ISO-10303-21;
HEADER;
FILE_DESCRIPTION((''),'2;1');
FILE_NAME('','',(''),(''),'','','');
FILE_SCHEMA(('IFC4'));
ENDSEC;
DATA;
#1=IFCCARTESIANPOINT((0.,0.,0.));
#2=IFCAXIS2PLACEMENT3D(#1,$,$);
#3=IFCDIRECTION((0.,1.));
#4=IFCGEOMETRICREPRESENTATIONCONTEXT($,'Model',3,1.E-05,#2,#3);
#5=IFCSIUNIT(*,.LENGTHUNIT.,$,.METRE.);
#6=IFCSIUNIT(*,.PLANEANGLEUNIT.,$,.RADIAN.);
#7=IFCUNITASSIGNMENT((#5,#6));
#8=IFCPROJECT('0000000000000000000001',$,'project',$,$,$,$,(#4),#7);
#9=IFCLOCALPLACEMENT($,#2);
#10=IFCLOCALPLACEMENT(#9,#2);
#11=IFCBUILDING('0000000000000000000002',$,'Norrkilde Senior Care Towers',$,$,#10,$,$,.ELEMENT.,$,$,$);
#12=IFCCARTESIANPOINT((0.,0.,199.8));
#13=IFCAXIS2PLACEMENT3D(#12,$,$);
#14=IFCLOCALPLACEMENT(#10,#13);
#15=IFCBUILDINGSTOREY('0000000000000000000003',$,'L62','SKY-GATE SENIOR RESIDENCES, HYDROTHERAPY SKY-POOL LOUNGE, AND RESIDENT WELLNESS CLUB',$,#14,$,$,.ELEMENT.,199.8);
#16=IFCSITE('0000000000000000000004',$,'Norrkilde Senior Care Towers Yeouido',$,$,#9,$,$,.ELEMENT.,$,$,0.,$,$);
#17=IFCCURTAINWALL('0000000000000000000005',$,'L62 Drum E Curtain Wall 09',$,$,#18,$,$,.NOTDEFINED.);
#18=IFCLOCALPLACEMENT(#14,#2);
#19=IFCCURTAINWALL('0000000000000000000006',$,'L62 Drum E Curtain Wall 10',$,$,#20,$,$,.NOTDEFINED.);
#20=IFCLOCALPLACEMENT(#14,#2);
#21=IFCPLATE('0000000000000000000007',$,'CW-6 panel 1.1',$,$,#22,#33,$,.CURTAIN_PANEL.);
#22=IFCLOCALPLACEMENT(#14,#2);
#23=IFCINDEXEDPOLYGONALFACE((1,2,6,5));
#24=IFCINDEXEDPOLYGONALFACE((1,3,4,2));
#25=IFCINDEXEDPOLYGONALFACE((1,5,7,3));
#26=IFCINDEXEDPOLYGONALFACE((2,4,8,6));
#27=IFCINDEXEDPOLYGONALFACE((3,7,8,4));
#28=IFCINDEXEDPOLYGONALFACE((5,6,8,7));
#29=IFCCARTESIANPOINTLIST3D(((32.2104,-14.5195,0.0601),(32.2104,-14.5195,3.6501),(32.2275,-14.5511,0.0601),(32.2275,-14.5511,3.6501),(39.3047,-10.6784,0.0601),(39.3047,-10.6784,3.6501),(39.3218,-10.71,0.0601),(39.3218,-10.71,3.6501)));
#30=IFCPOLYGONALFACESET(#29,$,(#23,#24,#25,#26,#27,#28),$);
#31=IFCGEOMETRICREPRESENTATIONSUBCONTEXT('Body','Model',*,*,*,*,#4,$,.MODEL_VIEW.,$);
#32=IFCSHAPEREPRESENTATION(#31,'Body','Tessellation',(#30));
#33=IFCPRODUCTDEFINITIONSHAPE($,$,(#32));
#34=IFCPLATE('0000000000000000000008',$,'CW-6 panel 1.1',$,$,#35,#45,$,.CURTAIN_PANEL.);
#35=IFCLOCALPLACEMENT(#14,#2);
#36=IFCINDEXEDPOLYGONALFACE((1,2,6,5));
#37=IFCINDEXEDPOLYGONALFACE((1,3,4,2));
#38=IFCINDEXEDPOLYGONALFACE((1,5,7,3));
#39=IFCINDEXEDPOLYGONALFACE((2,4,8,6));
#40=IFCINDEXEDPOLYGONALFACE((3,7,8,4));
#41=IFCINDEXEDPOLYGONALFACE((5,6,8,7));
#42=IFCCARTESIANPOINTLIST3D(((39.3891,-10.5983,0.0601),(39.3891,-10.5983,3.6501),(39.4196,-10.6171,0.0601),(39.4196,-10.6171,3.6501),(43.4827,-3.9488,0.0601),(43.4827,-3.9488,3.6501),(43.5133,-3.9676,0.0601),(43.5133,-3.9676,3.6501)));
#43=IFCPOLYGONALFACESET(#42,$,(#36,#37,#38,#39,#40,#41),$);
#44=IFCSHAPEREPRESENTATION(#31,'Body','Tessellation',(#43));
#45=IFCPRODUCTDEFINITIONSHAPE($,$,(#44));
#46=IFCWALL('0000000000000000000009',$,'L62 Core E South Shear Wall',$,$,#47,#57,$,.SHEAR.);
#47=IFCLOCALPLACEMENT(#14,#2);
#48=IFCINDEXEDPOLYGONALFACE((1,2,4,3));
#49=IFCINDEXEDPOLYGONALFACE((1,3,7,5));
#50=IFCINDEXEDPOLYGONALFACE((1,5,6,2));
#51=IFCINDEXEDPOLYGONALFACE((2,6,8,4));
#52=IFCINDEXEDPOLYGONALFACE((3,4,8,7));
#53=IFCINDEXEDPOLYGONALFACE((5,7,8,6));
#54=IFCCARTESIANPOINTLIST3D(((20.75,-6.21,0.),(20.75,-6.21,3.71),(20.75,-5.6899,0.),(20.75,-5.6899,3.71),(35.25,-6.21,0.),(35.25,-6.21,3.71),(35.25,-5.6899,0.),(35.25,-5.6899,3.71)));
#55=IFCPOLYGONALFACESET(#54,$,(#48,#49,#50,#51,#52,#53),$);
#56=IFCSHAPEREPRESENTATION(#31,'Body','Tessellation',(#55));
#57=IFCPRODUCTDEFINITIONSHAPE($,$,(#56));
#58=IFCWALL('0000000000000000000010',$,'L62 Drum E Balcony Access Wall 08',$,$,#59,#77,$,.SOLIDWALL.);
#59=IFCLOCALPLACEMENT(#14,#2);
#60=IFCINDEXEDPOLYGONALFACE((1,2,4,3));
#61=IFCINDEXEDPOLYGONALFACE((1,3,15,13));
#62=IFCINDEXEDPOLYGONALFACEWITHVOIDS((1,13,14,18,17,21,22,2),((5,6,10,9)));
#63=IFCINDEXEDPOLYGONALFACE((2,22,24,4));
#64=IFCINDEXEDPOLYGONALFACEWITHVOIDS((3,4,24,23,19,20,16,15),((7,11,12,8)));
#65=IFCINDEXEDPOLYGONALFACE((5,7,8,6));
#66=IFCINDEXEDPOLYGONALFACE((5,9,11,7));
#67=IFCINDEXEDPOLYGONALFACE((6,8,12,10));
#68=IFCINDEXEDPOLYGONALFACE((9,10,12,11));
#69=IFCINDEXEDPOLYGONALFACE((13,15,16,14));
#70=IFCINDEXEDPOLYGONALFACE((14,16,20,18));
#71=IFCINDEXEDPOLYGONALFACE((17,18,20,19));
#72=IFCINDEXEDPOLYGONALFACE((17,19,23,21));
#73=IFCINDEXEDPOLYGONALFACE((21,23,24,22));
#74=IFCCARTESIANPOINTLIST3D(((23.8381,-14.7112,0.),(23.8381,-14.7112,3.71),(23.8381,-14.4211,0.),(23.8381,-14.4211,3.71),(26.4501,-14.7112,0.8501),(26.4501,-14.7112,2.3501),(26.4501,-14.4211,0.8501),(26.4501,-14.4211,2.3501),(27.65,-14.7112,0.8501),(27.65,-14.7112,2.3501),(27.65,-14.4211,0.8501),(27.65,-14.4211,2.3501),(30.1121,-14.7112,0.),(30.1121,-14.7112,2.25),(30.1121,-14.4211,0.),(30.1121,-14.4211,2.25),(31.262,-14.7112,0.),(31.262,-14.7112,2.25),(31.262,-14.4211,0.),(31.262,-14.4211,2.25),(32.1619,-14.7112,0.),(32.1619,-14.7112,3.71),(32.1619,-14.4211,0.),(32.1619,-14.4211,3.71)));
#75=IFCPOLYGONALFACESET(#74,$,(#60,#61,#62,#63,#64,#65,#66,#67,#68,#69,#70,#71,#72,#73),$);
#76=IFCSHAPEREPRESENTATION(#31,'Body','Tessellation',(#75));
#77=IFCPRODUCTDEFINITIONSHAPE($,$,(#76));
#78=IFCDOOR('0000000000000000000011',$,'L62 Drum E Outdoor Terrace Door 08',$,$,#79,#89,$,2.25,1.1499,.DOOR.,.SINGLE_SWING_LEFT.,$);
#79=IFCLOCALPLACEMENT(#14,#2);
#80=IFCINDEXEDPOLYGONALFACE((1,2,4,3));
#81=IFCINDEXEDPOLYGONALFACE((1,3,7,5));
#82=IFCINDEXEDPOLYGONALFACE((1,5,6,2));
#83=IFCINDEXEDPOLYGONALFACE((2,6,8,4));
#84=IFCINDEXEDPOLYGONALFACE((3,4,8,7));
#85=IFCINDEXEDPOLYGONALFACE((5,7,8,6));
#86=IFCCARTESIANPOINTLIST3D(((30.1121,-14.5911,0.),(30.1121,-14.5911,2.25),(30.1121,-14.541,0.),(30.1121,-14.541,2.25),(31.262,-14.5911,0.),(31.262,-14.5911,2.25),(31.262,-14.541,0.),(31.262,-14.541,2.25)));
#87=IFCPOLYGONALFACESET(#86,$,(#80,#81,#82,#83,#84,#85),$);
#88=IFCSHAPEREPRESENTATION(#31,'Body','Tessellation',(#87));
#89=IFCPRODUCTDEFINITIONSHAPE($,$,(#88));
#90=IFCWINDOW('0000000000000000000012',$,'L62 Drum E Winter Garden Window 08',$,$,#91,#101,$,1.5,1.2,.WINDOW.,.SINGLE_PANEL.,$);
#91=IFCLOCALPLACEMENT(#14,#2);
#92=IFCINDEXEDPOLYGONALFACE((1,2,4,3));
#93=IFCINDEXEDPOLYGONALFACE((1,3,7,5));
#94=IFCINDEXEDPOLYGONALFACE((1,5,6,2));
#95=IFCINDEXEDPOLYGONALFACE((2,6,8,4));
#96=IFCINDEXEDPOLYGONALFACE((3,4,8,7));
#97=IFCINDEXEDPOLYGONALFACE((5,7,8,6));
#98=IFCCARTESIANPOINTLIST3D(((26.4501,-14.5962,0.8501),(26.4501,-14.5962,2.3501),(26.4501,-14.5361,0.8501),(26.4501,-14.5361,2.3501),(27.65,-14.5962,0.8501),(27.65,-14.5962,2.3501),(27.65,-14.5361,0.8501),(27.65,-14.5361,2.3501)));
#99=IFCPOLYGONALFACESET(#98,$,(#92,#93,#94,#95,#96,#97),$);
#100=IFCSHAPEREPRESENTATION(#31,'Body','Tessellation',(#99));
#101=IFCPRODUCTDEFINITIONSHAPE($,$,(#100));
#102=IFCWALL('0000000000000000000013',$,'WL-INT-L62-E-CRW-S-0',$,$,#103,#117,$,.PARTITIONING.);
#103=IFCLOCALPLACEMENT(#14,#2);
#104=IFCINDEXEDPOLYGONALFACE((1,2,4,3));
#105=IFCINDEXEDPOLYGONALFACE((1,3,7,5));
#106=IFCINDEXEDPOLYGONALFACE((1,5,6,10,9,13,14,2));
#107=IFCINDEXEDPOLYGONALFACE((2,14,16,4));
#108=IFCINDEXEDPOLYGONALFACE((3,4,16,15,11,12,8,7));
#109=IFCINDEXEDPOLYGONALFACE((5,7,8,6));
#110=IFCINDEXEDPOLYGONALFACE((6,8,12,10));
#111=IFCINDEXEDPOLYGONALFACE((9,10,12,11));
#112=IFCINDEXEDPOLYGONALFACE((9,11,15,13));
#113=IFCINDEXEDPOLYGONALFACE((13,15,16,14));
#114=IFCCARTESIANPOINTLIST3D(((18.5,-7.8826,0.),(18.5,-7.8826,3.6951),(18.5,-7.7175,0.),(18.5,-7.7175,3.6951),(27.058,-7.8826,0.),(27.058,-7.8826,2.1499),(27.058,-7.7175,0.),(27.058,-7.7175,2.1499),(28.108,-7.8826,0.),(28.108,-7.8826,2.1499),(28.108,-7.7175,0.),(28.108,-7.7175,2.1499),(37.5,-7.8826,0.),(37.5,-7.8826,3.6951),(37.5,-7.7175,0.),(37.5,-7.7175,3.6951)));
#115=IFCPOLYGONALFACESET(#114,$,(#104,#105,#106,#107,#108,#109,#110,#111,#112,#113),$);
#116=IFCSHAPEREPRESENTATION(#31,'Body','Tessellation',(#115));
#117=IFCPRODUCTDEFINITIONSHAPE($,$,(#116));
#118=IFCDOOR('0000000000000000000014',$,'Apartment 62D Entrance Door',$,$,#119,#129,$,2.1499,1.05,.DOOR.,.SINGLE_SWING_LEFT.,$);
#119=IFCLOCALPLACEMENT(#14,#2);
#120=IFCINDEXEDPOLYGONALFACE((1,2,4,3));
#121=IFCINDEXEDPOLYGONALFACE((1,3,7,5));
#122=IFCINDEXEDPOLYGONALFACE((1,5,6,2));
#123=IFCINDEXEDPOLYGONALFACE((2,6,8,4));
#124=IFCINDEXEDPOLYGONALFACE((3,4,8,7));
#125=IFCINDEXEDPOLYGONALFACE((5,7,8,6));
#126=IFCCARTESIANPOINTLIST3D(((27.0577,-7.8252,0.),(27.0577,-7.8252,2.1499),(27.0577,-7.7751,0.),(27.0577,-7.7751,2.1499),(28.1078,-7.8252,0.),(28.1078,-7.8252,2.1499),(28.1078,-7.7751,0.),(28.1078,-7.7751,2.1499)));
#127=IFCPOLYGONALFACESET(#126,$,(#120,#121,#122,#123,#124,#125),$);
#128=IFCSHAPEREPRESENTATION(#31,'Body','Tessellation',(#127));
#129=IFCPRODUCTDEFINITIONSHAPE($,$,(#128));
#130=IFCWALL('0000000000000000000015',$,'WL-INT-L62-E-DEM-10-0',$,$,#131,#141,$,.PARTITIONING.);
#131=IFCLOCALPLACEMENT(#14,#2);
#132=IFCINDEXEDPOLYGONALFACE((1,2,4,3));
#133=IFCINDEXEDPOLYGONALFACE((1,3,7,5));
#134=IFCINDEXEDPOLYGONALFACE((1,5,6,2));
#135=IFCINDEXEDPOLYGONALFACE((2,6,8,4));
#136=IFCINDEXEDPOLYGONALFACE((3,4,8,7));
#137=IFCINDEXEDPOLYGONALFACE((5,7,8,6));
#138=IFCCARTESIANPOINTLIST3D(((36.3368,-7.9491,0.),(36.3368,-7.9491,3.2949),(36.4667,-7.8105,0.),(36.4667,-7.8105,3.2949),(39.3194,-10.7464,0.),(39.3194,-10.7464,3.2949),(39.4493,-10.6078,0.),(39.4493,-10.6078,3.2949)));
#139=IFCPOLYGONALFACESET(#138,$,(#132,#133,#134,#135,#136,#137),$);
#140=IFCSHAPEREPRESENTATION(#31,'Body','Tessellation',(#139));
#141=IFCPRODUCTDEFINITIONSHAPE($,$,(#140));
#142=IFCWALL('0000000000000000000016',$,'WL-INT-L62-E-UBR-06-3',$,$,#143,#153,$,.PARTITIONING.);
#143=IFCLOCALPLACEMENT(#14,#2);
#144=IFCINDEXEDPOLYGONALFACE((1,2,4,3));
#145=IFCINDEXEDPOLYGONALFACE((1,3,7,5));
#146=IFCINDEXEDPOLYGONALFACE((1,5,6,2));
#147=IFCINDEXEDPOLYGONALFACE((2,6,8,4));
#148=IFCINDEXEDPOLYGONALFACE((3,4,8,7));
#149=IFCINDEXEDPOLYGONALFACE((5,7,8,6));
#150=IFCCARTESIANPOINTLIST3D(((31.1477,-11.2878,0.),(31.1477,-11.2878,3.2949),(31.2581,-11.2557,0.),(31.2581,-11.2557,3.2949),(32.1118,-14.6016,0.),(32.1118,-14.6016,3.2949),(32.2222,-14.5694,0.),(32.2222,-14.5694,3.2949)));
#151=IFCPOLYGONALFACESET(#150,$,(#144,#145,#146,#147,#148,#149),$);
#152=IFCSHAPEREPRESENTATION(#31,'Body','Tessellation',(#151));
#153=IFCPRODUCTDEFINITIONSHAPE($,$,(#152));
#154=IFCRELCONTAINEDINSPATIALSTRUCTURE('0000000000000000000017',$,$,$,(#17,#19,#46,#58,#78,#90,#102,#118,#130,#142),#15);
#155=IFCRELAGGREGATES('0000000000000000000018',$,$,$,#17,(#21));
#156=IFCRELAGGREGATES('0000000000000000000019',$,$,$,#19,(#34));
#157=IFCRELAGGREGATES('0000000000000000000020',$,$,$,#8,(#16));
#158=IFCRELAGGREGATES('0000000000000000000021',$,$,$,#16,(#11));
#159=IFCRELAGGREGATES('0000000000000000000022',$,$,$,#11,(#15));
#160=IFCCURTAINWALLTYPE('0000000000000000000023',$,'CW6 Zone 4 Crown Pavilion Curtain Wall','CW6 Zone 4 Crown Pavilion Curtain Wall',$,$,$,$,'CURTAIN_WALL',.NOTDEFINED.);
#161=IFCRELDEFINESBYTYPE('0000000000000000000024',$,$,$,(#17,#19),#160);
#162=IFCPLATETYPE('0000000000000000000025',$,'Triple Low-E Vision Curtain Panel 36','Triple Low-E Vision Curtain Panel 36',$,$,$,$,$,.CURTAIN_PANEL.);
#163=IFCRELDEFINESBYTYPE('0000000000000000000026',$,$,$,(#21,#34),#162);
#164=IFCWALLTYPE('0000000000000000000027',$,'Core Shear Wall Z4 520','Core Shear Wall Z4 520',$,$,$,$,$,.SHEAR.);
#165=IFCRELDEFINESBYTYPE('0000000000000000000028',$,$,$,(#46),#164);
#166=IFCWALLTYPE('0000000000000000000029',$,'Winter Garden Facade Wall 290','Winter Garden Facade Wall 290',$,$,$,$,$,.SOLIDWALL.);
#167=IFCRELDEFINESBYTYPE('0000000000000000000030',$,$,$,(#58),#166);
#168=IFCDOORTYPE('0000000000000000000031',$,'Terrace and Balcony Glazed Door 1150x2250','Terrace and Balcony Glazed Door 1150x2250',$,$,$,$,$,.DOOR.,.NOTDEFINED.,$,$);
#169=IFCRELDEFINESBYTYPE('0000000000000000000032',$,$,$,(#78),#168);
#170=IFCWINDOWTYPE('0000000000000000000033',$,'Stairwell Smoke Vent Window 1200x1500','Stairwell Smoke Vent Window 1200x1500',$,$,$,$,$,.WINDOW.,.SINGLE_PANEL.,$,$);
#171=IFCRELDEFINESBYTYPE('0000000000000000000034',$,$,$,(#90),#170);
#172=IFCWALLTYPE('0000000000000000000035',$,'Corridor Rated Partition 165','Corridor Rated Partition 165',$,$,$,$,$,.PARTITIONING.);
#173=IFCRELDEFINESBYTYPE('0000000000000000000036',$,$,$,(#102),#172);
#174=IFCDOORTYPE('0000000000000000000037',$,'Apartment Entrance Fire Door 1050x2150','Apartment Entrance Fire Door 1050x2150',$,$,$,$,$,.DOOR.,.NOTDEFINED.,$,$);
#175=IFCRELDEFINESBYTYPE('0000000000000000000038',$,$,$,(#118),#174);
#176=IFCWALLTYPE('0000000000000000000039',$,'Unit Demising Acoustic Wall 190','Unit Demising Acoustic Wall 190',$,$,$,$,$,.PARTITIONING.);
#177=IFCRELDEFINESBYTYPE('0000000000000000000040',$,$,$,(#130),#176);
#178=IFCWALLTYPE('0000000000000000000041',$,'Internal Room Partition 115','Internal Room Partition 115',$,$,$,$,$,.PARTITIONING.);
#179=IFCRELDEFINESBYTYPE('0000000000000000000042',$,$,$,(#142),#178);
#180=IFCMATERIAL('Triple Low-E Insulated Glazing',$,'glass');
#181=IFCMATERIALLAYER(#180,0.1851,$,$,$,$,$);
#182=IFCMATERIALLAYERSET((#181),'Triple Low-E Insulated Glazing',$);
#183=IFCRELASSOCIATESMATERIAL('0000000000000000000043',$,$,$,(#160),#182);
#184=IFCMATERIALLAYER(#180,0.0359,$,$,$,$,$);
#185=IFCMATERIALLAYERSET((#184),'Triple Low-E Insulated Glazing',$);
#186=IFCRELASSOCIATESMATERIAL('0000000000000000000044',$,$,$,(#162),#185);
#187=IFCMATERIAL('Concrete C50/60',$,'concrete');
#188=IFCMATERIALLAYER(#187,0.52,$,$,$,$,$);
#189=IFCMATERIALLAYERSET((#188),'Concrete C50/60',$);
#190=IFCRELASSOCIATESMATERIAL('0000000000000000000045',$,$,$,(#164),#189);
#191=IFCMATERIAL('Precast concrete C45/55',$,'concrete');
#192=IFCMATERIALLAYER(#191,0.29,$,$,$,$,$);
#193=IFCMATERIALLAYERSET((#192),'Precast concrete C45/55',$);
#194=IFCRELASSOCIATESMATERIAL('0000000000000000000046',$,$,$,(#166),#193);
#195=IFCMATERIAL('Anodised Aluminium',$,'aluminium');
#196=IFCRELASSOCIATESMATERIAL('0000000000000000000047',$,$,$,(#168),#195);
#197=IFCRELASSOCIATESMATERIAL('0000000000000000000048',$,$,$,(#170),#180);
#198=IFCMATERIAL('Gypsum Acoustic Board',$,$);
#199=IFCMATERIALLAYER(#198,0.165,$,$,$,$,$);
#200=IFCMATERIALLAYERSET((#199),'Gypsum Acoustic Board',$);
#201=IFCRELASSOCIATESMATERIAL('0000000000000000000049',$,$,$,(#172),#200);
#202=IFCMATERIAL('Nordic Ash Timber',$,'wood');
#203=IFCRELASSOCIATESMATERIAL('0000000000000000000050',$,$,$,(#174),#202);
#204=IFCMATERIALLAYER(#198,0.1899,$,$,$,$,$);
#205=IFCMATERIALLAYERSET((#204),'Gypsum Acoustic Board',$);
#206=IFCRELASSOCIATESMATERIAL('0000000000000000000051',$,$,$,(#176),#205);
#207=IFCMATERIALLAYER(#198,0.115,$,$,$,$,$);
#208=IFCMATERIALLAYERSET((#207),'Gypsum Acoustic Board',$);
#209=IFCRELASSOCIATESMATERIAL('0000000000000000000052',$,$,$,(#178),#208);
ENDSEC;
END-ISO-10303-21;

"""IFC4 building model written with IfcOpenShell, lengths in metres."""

from ifc_helpers import new_model, si_unit, direction, frame, frame_2d, origin, origin_2d, place, context, subcontext, project, spatial, rectangle, extrude, source, transform, mapped, material, layer, layer_set, type_object, type_shapes, element, fill, aggregate, save


model = new_model("IFC4")

# Units and contexts
model_context = context("Model", 3, precision=1e-05, world=origin(), true_north=direction((0.0, 1.0)))
body_context = subcontext(model_context, "Body", "Model", "MODEL_VIEW")
ifc_project = project(units=[si_unit("LENGTHUNIT", "METRE"), si_unit("PLANEANGLEUNIT", "RADIAN")], contexts=[model_context])

# Site, building, storey
site_placement = place(None, origin())
site = spatial("IfcSite", under=ifc_project, at=site_placement, Name="Norrkilde Senior Care Towers Yeouido", CompositionType="ELEMENT", RefElevation=0.0)
building_placement = place(site_placement, origin())
building = spatial("IfcBuilding", under=site, at=building_placement, Name="Norrkilde Senior Care Towers", CompositionType="ELEMENT")
storey_placement = place(building_placement, frame((0.0, 0.0, 199.8)))
storey = spatial("IfcBuildingStorey", under=building, at=storey_placement, Name="L62", Description="SKY-GATE SENIOR RESIDENCES, HYDROTHERAPY SKY-POOL LOUNGE, AND RESIDENT WELLNESS CLUB", CompositionType="ELEMENT", Elevation=199.8)

# Shared definitions
ifc_material_1 = material(Name="Concrete C50/60", Category="concrete")

# Curtain wall
ifc_material_2 = material(Name="Triple Low-E Insulated Glazing", Category="glass")
ifc_layer_1 = layer(ifc_material_2, 0.1851)
ifc_layer_set_1 = layer_set([ifc_layer_1], Name="Triple Low-E Insulated Glazing")
curtain_wall_type = type_object("IfcCurtainWallType", Name="CW6 Zone 4 Crown Pavilion Curtain Wall", Description="CW6 Zone 4 Crown Pavilion Curtain Wall", ElementType="CURTAIN_WALL", PredefinedType="NOTDEFINED", material=ifc_layer_set_1)
curtain_wall_1_placement = place(storey_placement, origin())
curtain_wall_1 = element("IfcCurtainWall", 1, at=curtain_wall_1_placement, inside=storey, type_object=curtain_wall_type, Name="L62 Drum E Curtain Wall 09", PredefinedType="NOTDEFINED")
ifc_material_3 = material(Name="Anodised Aluminium", Category="aluminium")

# Curtain wall
curtain_wall_2_placement = place(storey_placement, origin())
curtain_wall_2 = element("IfcCurtainWall", 2, at=curtain_wall_2_placement, inside=storey, type_object=curtain_wall_type, Name="L62 Drum E Curtain Wall 10", PredefinedType="NOTDEFINED")

# Plates
ifc_layer_2 = layer(ifc_material_2, 0.0359)
ifc_layer_set_2 = layer_set([ifc_layer_2], Name="Triple Low-E Insulated Glazing")
plate_type = type_object("IfcPlateType", Name="Triple Low-E Vision Curtain Panel 36", Description="Triple Low-E Vision Curtain Panel 36", PredefinedType="CURTAIN_PANEL", material=ifc_layer_set_2)
shared_shape_1 = source(origin(), body_context, "Body", "SweptSolid", [
    extrude(rectangle(XDim=8.0674, YDim=0.0359, at=origin_2d()), origin(), (0.0, 0.0, 1.0), 3.5901),
])
plate_1_placement = place(storey_placement, frame((35.7661, -12.6147, 0.0601), z_axis=(0.0, 0.0, 1.0), x_axis=(-0.879373, -0.476133, 0.0)))
plate_1 = element("IfcPlate", 3, at=plate_1_placement, type_object=plate_type, Name="CW-6 panel 1.1", PredefinedType="CURTAIN_PANEL", context=body_context, shape_type="MappedRepresentation", body=[
    mapped(shared_shape_1, transform((0.0, 0.0, 0.0), x_axis=(1.0, 0.0, 0.0), y_axis=(0.0, 1.0, 0.0), z_axis=(0.0, 0.0, 1.0), scale=1.0)),
])
aggregate(curtain_wall_1, [plate_1])
shared_shape_2 = source(origin(), body_context, "Body", "SweptSolid", [
    extrude(rectangle(XDim=7.8086, YDim=0.0359, at=origin_2d()), origin(), (0.0, 0.0, 1.0), 3.5901),
])
type_shapes(plate_type, [shared_shape_1, shared_shape_2])
plate_2_placement = place(storey_placement, frame((41.4512, -7.283, 0.0601), z_axis=(0.0, 0.0, 1.0), x_axis=(-0.524253, -0.851563, 0.0)))
plate_2 = element("IfcPlate", 4, at=plate_2_placement, type_object=plate_type, Name="CW-6 panel 1.1", PredefinedType="CURTAIN_PANEL", context=body_context, shape_type="MappedRepresentation", body=[
    mapped(shared_shape_2, transform((0.0, 0.0, 0.0), x_axis=(1.0, 0.0, 0.0), y_axis=(0.0, 1.0, 0.0), z_axis=(0.0, 0.0, 1.0), scale=1.0)),
])
aggregate(curtain_wall_2, [plate_2])

# Wall
ifc_layer_3 = layer(ifc_material_1, 0.52)
ifc_layer_set_3 = layer_set([ifc_layer_3], Name="Concrete C50/60")
wall_type_1 = type_object("IfcWallType", Name="Core Shear Wall Z4 520", Description="Core Shear Wall Z4 520", PredefinedType="SHEAR", material=ifc_layer_set_3)
shared_shape_3 = source(origin(), body_context, "Body", "SweptSolid", [
    extrude(rectangle(XDim=14.5, YDim=0.52, at=frame_2d((7.25, 0.0))), origin(), (0.0, 0.0, 1.0), 3.71),
])
type_shapes(wall_type_1, [shared_shape_3])
wall_1_placement = place(storey_placement, frame((35.25, -5.95, 0.0), z_axis=(0.0, 0.0, 1.0), x_axis=(-1.0, 0.0, 0.0)))
element("IfcWall", 5, at=wall_1_placement, inside=storey, type_object=wall_type_1, Name="L62 Core E South Shear Wall", PredefinedType="SHEAR", context=body_context, shape_type="MappedRepresentation", body=[
    mapped(shared_shape_3, transform((0.0, 0.0, 0.0), x_axis=(1.0, 0.0, 0.0), y_axis=(0.0, 1.0, 0.0), z_axis=(0.0, 0.0, 1.0), scale=1.0)),
])

# Wall, openings, door, window
ifc_material_4 = material(Name="Precast concrete C45/55", Category="concrete")
ifc_layer_4 = layer(ifc_material_4, 0.29)
ifc_layer_set_4 = layer_set([ifc_layer_4], Name="Precast concrete C45/55")
wall_type_2 = type_object("IfcWallType", Name="Winter Garden Facade Wall 290", Description="Winter Garden Facade Wall 290", PredefinedType="SOLIDWALL", material=ifc_layer_set_4)
shared_shape_4 = source(origin(), body_context, "Body", "SweptSolid", [
    extrude(rectangle(XDim=8.3237, YDim=0.29, at=frame_2d((4.1619, 0.0))), origin(), (0.0, 0.0, 1.0), 3.71),
])
type_shapes(wall_type_2, [shared_shape_4])
wall_2_placement = place(storey_placement, frame((32.1619, -14.5662, 0.0), z_axis=(0.0, 0.0, 1.0), x_axis=(-1.0, 0.0, 0.0)))
wall_2 = element("IfcWall", 6, at=wall_2_placement, inside=storey, type_object=wall_type_2, Name="L62 Drum E Balcony Access Wall 08", PredefinedType="SOLIDWALL", context=body_context, shape_type="MappedRepresentation", body=[
    mapped(shared_shape_4, transform((0.0, 0.0, 0.0), x_axis=(1.0, 0.0, 0.0), y_axis=(0.0, 1.0, 0.0), z_axis=(0.0, 0.0, 1.0), scale=1.0)),
])
opening_1_placement = place(wall_2_placement, frame((0.8999, 0.0, 0.0)))
opening_1 = element("IfcOpeningElement", 7, at=opening_1_placement, cuts=wall_2, PredefinedType="OPENING", context=body_context, shape_type="SweptSolid", body=[
    extrude(rectangle(XDim=1.1499, YDim=2.25, at=frame_2d((0.575, 1.125))), frame((0.0, 0.155, 0.0), z_axis=(0.0, -1.0, 0.0), x_axis=(1.0, 0.0, 0.0)), (0.0, 0.0, 1.0), 0.3101),
])
opening_2_placement = place(wall_2_placement, frame((4.5117, 0.0, 0.8501)))
opening_2 = element("IfcOpeningElement", 8, at=opening_2_placement, cuts=wall_2, PredefinedType="OPENING", context=body_context, shape_type="SweptSolid", body=[
    extrude(rectangle(XDim=1.2, YDim=1.5, at=frame_2d((0.6001, 0.75))), frame((0.0, 0.155, 0.0), z_axis=(0.0, -1.0, 0.0), x_axis=(1.0, 0.0, 0.0)), (0.0, 0.0, 1.0), 0.3101),
])
door_type_1 = type_object("IfcDoorType", Name="Terrace and Balcony Glazed Door 1150x2250", Description="Terrace and Balcony Glazed Door 1150x2250", OperationType="NOTDEFINED", PredefinedType="DOOR", material=ifc_material_3)
shared_shape_5 = source(origin(), body_context, "Body", "SweptSolid", [
    extrude(rectangle(XDim=1.1499, YDim=2.25, at=frame_2d((0.575, 1.125))), frame((0.0, 0.0249, 0.0), z_axis=(0.0, -1.0, 0.0), x_axis=(1.0, 0.0, 0.0)), (0.0, 0.0, 1.0), 0.05),
])
type_shapes(door_type_1, [shared_shape_5])
door_1_placement = place(opening_1_placement, origin())
door_1 = element("IfcDoor", 9, at=door_1_placement, inside=storey, type_object=door_type_1, Name="L62 Drum E Outdoor Terrace Door 08", OperationType="SINGLE_SWING_LEFT", OverallHeight=2.25, OverallWidth=1.1499, PredefinedType="DOOR", context=body_context, shape_type="MappedRepresentation", body=[
    mapped(shared_shape_5, transform((0.0, 0.0, 0.0), x_axis=(1.0, 0.0, 0.0), y_axis=(0.0, 1.0, 0.0), z_axis=(0.0, 0.0, 1.0), scale=1.0)),
])
fill(opening_1, door_1)
window_type = type_object("IfcWindowType", Name="Stairwell Smoke Vent Window 1200x1500", Description="Stairwell Smoke Vent Window 1200x1500", PartitioningType="SINGLE_PANEL", PredefinedType="WINDOW", material=ifc_material_2)
shared_shape_6 = source(origin(), body_context, "Body", "SweptSolid", [
    extrude(rectangle(XDim=1.2, YDim=1.5, at=frame_2d((0.6001, 0.75))), frame((0.0, 0.03, 0.0), z_axis=(0.0, -1.0, 0.0), x_axis=(1.0, 0.0, 0.0)), (0.0, 0.0, 1.0), 0.0601),
])
type_shapes(window_type, [shared_shape_6])
window_placement = place(opening_2_placement, origin())
window = element("IfcWindow", 10, at=window_placement, inside=storey, type_object=window_type, Name="L62 Drum E Winter Garden Window 08", OverallHeight=1.5, OverallWidth=1.2, PartitioningType="SINGLE_PANEL", PredefinedType="WINDOW", context=body_context, shape_type="MappedRepresentation", body=[
    mapped(shared_shape_6, transform((0.0, 0.0, 0.0), x_axis=(1.0, 0.0, 0.0), y_axis=(0.0, 1.0, 0.0), z_axis=(0.0, 0.0, 1.0), scale=1.0)),
])
fill(opening_2, window)

# Wall, opening, door
ifc_material_5 = material(Name="Gypsum Acoustic Board")
ifc_layer_5 = layer(ifc_material_5, 0.165)
ifc_layer_set_5 = layer_set([ifc_layer_5], Name="Gypsum Acoustic Board")
wall_type_3 = type_object("IfcWallType", Name="Corridor Rated Partition 165", Description="Corridor Rated Partition 165", PredefinedType="PARTITIONING", material=ifc_layer_set_5)
shared_shape_7 = source(origin(), body_context, "Body", "SweptSolid", [
    extrude(rectangle(XDim=19.0, YDim=0.165, at=frame_2d((9.5, 0.0))), origin(), (0.0, 0.0, 1.0), 3.6951),
])
type_shapes(wall_type_3, [shared_shape_7])
wall_3_placement = place(storey_placement, frame((37.5, -7.8, 0.0), z_axis=(0.0, 0.0, 1.0), x_axis=(-1.0, 0.0, 0.0)))
wall_3 = element("IfcWall", 11, at=wall_3_placement, inside=storey, type_object=wall_type_3, Name="WL-INT-L62-E-CRW-S-0", PredefinedType="PARTITIONING", context=body_context, shape_type="MappedRepresentation", body=[
    mapped(shared_shape_7, transform((0.0, 0.0, 0.0), x_axis=(1.0, 0.0, 0.0), y_axis=(0.0, 1.0, 0.0), z_axis=(0.0, 0.0, 1.0), scale=1.0)),
])
opening_3_placement = place(wall_3_placement, frame((9.3921, 0.0, 0.0)))
opening_3 = element("IfcOpeningElement", 12, at=opening_3_placement, cuts=wall_3, PredefinedType="OPENING", context=body_context, shape_type="SweptSolid", body=[
    extrude(rectangle(XDim=1.05, YDim=2.1499, at=frame_2d((0.5249, 1.075))), frame((0.0, 0.0925, 0.0), z_axis=(0.0, -1.0, 0.0), x_axis=(1.0, 0.0, 0.0)), (0.0, 0.0, 1.0), 0.1851),
])
ifc_material_6 = material(Name="Nordic Ash Timber", Category="wood")
door_type_2 = type_object("IfcDoorType", Name="Apartment Entrance Fire Door 1050x2150", Description="Apartment Entrance Fire Door 1050x2150", OperationType="NOTDEFINED", PredefinedType="DOOR", material=ifc_material_6)
shared_shape_8 = source(origin(), body_context, "Body", "SweptSolid", [
    extrude(rectangle(XDim=1.05, YDim=2.1499, at=frame_2d((0.5249, 1.075))), frame((0.0, 0.0249, 0.0), z_axis=(0.0, -1.0, 0.0), x_axis=(1.0, 0.0, 0.0)), (0.0, 0.0, 1.0), 0.05),
])
type_shapes(door_type_2, [shared_shape_8])
door_2_placement = place(opening_3_placement, frame((1.05, 0.0, 0.0), z_axis=(0.0, 0.0, 1.0), x_axis=(-1.0, 0.0, 0.0)))
door_2 = element("IfcDoor", 13, at=door_2_placement, inside=storey, type_object=door_type_2, Name="Apartment 62D Entrance Door", OperationType="SINGLE_SWING_LEFT", OverallHeight=2.1499, OverallWidth=1.05, PredefinedType="DOOR", context=body_context, shape_type="MappedRepresentation", body=[
    mapped(shared_shape_8, transform((0.0, 0.0, 0.0), x_axis=(1.0, 0.0, 0.0), y_axis=(0.0, 1.0, 0.0), z_axis=(0.0, 0.0, 1.0), scale=1.0)),
])
fill(opening_3, door_2)

# Walls
ifc_layer_6 = layer(ifc_material_5, 0.1899)
ifc_layer_set_6 = layer_set([ifc_layer_6], Name="Gypsum Acoustic Board")
wall_type_4 = type_object("IfcWallType", Name="Unit Demising Acoustic Wall 190", Description="Unit Demising Acoustic Wall 190", PredefinedType="PARTITIONING", material=ifc_layer_set_6)
shared_shape_9 = source(origin(), body_context, "Body", "SweptSolid", [
    extrude(rectangle(XDim=4.0891, YDim=0.1899, at=frame_2d((2.0444, 0.0))), origin(), (0.0, 0.0, 1.0), 3.2949),
])
type_shapes(wall_type_4, [shared_shape_9])
wall_4_placement = place(storey_placement, frame((36.4019, -7.8799, 0.0), z_axis=(0.0, 0.0, 1.0), x_axis=(0.729401, -0.684086, 0.0)))
element("IfcWall", 14, at=wall_4_placement, inside=storey, type_object=wall_type_4, Name="WL-INT-L62-E-DEM-10-0", PredefinedType="PARTITIONING", context=body_context, shape_type="MappedRepresentation", body=[
    mapped(shared_shape_9, transform((0.0, 0.0, 0.0), x_axis=(1.0, 0.0, 0.0), y_axis=(0.0, 1.0, 0.0), z_axis=(0.0, 0.0, 1.0), scale=1.0)),
])
ifc_layer_7 = layer(ifc_material_5, 0.115)
ifc_layer_set_7 = layer_set([ifc_layer_7], Name="Gypsum Acoustic Board")
wall_type_5 = type_object("IfcWallType", Name="Internal Room Partition 115", Description="Internal Room Partition 115", PredefinedType="PARTITIONING", material=ifc_layer_set_7)
shared_shape_10 = source(origin(), body_context, "Body", "SweptSolid", [
    extrude(rectangle(XDim=3.4512, YDim=0.115, at=frame_2d((1.7256, 0.0))), origin(), (0.0, 0.0, 1.0), 3.2949),
])
type_shapes(wall_type_5, [shared_shape_10])
wall_5_placement = place(storey_placement, frame((31.2029, -11.2717, 0.0), z_axis=(0.0, 0.0, 1.0), x_axis=(0.279362, -0.960186, 0.0)))
element("IfcWall", 15, at=wall_5_placement, inside=storey, type_object=wall_type_5, Name="WL-INT-L62-E-UBR-06-3", PredefinedType="PARTITIONING", context=body_context, shape_type="MappedRepresentation", body=[
    mapped(shared_shape_10, transform((0.0, 0.0, 0.0), x_axis=(1.0, 0.0, 0.0), y_axis=(0.0, 1.0, 0.0), z_axis=(0.0, 0.0, 1.0), scale=1.0)),
])

save(model, "model.ifc")
